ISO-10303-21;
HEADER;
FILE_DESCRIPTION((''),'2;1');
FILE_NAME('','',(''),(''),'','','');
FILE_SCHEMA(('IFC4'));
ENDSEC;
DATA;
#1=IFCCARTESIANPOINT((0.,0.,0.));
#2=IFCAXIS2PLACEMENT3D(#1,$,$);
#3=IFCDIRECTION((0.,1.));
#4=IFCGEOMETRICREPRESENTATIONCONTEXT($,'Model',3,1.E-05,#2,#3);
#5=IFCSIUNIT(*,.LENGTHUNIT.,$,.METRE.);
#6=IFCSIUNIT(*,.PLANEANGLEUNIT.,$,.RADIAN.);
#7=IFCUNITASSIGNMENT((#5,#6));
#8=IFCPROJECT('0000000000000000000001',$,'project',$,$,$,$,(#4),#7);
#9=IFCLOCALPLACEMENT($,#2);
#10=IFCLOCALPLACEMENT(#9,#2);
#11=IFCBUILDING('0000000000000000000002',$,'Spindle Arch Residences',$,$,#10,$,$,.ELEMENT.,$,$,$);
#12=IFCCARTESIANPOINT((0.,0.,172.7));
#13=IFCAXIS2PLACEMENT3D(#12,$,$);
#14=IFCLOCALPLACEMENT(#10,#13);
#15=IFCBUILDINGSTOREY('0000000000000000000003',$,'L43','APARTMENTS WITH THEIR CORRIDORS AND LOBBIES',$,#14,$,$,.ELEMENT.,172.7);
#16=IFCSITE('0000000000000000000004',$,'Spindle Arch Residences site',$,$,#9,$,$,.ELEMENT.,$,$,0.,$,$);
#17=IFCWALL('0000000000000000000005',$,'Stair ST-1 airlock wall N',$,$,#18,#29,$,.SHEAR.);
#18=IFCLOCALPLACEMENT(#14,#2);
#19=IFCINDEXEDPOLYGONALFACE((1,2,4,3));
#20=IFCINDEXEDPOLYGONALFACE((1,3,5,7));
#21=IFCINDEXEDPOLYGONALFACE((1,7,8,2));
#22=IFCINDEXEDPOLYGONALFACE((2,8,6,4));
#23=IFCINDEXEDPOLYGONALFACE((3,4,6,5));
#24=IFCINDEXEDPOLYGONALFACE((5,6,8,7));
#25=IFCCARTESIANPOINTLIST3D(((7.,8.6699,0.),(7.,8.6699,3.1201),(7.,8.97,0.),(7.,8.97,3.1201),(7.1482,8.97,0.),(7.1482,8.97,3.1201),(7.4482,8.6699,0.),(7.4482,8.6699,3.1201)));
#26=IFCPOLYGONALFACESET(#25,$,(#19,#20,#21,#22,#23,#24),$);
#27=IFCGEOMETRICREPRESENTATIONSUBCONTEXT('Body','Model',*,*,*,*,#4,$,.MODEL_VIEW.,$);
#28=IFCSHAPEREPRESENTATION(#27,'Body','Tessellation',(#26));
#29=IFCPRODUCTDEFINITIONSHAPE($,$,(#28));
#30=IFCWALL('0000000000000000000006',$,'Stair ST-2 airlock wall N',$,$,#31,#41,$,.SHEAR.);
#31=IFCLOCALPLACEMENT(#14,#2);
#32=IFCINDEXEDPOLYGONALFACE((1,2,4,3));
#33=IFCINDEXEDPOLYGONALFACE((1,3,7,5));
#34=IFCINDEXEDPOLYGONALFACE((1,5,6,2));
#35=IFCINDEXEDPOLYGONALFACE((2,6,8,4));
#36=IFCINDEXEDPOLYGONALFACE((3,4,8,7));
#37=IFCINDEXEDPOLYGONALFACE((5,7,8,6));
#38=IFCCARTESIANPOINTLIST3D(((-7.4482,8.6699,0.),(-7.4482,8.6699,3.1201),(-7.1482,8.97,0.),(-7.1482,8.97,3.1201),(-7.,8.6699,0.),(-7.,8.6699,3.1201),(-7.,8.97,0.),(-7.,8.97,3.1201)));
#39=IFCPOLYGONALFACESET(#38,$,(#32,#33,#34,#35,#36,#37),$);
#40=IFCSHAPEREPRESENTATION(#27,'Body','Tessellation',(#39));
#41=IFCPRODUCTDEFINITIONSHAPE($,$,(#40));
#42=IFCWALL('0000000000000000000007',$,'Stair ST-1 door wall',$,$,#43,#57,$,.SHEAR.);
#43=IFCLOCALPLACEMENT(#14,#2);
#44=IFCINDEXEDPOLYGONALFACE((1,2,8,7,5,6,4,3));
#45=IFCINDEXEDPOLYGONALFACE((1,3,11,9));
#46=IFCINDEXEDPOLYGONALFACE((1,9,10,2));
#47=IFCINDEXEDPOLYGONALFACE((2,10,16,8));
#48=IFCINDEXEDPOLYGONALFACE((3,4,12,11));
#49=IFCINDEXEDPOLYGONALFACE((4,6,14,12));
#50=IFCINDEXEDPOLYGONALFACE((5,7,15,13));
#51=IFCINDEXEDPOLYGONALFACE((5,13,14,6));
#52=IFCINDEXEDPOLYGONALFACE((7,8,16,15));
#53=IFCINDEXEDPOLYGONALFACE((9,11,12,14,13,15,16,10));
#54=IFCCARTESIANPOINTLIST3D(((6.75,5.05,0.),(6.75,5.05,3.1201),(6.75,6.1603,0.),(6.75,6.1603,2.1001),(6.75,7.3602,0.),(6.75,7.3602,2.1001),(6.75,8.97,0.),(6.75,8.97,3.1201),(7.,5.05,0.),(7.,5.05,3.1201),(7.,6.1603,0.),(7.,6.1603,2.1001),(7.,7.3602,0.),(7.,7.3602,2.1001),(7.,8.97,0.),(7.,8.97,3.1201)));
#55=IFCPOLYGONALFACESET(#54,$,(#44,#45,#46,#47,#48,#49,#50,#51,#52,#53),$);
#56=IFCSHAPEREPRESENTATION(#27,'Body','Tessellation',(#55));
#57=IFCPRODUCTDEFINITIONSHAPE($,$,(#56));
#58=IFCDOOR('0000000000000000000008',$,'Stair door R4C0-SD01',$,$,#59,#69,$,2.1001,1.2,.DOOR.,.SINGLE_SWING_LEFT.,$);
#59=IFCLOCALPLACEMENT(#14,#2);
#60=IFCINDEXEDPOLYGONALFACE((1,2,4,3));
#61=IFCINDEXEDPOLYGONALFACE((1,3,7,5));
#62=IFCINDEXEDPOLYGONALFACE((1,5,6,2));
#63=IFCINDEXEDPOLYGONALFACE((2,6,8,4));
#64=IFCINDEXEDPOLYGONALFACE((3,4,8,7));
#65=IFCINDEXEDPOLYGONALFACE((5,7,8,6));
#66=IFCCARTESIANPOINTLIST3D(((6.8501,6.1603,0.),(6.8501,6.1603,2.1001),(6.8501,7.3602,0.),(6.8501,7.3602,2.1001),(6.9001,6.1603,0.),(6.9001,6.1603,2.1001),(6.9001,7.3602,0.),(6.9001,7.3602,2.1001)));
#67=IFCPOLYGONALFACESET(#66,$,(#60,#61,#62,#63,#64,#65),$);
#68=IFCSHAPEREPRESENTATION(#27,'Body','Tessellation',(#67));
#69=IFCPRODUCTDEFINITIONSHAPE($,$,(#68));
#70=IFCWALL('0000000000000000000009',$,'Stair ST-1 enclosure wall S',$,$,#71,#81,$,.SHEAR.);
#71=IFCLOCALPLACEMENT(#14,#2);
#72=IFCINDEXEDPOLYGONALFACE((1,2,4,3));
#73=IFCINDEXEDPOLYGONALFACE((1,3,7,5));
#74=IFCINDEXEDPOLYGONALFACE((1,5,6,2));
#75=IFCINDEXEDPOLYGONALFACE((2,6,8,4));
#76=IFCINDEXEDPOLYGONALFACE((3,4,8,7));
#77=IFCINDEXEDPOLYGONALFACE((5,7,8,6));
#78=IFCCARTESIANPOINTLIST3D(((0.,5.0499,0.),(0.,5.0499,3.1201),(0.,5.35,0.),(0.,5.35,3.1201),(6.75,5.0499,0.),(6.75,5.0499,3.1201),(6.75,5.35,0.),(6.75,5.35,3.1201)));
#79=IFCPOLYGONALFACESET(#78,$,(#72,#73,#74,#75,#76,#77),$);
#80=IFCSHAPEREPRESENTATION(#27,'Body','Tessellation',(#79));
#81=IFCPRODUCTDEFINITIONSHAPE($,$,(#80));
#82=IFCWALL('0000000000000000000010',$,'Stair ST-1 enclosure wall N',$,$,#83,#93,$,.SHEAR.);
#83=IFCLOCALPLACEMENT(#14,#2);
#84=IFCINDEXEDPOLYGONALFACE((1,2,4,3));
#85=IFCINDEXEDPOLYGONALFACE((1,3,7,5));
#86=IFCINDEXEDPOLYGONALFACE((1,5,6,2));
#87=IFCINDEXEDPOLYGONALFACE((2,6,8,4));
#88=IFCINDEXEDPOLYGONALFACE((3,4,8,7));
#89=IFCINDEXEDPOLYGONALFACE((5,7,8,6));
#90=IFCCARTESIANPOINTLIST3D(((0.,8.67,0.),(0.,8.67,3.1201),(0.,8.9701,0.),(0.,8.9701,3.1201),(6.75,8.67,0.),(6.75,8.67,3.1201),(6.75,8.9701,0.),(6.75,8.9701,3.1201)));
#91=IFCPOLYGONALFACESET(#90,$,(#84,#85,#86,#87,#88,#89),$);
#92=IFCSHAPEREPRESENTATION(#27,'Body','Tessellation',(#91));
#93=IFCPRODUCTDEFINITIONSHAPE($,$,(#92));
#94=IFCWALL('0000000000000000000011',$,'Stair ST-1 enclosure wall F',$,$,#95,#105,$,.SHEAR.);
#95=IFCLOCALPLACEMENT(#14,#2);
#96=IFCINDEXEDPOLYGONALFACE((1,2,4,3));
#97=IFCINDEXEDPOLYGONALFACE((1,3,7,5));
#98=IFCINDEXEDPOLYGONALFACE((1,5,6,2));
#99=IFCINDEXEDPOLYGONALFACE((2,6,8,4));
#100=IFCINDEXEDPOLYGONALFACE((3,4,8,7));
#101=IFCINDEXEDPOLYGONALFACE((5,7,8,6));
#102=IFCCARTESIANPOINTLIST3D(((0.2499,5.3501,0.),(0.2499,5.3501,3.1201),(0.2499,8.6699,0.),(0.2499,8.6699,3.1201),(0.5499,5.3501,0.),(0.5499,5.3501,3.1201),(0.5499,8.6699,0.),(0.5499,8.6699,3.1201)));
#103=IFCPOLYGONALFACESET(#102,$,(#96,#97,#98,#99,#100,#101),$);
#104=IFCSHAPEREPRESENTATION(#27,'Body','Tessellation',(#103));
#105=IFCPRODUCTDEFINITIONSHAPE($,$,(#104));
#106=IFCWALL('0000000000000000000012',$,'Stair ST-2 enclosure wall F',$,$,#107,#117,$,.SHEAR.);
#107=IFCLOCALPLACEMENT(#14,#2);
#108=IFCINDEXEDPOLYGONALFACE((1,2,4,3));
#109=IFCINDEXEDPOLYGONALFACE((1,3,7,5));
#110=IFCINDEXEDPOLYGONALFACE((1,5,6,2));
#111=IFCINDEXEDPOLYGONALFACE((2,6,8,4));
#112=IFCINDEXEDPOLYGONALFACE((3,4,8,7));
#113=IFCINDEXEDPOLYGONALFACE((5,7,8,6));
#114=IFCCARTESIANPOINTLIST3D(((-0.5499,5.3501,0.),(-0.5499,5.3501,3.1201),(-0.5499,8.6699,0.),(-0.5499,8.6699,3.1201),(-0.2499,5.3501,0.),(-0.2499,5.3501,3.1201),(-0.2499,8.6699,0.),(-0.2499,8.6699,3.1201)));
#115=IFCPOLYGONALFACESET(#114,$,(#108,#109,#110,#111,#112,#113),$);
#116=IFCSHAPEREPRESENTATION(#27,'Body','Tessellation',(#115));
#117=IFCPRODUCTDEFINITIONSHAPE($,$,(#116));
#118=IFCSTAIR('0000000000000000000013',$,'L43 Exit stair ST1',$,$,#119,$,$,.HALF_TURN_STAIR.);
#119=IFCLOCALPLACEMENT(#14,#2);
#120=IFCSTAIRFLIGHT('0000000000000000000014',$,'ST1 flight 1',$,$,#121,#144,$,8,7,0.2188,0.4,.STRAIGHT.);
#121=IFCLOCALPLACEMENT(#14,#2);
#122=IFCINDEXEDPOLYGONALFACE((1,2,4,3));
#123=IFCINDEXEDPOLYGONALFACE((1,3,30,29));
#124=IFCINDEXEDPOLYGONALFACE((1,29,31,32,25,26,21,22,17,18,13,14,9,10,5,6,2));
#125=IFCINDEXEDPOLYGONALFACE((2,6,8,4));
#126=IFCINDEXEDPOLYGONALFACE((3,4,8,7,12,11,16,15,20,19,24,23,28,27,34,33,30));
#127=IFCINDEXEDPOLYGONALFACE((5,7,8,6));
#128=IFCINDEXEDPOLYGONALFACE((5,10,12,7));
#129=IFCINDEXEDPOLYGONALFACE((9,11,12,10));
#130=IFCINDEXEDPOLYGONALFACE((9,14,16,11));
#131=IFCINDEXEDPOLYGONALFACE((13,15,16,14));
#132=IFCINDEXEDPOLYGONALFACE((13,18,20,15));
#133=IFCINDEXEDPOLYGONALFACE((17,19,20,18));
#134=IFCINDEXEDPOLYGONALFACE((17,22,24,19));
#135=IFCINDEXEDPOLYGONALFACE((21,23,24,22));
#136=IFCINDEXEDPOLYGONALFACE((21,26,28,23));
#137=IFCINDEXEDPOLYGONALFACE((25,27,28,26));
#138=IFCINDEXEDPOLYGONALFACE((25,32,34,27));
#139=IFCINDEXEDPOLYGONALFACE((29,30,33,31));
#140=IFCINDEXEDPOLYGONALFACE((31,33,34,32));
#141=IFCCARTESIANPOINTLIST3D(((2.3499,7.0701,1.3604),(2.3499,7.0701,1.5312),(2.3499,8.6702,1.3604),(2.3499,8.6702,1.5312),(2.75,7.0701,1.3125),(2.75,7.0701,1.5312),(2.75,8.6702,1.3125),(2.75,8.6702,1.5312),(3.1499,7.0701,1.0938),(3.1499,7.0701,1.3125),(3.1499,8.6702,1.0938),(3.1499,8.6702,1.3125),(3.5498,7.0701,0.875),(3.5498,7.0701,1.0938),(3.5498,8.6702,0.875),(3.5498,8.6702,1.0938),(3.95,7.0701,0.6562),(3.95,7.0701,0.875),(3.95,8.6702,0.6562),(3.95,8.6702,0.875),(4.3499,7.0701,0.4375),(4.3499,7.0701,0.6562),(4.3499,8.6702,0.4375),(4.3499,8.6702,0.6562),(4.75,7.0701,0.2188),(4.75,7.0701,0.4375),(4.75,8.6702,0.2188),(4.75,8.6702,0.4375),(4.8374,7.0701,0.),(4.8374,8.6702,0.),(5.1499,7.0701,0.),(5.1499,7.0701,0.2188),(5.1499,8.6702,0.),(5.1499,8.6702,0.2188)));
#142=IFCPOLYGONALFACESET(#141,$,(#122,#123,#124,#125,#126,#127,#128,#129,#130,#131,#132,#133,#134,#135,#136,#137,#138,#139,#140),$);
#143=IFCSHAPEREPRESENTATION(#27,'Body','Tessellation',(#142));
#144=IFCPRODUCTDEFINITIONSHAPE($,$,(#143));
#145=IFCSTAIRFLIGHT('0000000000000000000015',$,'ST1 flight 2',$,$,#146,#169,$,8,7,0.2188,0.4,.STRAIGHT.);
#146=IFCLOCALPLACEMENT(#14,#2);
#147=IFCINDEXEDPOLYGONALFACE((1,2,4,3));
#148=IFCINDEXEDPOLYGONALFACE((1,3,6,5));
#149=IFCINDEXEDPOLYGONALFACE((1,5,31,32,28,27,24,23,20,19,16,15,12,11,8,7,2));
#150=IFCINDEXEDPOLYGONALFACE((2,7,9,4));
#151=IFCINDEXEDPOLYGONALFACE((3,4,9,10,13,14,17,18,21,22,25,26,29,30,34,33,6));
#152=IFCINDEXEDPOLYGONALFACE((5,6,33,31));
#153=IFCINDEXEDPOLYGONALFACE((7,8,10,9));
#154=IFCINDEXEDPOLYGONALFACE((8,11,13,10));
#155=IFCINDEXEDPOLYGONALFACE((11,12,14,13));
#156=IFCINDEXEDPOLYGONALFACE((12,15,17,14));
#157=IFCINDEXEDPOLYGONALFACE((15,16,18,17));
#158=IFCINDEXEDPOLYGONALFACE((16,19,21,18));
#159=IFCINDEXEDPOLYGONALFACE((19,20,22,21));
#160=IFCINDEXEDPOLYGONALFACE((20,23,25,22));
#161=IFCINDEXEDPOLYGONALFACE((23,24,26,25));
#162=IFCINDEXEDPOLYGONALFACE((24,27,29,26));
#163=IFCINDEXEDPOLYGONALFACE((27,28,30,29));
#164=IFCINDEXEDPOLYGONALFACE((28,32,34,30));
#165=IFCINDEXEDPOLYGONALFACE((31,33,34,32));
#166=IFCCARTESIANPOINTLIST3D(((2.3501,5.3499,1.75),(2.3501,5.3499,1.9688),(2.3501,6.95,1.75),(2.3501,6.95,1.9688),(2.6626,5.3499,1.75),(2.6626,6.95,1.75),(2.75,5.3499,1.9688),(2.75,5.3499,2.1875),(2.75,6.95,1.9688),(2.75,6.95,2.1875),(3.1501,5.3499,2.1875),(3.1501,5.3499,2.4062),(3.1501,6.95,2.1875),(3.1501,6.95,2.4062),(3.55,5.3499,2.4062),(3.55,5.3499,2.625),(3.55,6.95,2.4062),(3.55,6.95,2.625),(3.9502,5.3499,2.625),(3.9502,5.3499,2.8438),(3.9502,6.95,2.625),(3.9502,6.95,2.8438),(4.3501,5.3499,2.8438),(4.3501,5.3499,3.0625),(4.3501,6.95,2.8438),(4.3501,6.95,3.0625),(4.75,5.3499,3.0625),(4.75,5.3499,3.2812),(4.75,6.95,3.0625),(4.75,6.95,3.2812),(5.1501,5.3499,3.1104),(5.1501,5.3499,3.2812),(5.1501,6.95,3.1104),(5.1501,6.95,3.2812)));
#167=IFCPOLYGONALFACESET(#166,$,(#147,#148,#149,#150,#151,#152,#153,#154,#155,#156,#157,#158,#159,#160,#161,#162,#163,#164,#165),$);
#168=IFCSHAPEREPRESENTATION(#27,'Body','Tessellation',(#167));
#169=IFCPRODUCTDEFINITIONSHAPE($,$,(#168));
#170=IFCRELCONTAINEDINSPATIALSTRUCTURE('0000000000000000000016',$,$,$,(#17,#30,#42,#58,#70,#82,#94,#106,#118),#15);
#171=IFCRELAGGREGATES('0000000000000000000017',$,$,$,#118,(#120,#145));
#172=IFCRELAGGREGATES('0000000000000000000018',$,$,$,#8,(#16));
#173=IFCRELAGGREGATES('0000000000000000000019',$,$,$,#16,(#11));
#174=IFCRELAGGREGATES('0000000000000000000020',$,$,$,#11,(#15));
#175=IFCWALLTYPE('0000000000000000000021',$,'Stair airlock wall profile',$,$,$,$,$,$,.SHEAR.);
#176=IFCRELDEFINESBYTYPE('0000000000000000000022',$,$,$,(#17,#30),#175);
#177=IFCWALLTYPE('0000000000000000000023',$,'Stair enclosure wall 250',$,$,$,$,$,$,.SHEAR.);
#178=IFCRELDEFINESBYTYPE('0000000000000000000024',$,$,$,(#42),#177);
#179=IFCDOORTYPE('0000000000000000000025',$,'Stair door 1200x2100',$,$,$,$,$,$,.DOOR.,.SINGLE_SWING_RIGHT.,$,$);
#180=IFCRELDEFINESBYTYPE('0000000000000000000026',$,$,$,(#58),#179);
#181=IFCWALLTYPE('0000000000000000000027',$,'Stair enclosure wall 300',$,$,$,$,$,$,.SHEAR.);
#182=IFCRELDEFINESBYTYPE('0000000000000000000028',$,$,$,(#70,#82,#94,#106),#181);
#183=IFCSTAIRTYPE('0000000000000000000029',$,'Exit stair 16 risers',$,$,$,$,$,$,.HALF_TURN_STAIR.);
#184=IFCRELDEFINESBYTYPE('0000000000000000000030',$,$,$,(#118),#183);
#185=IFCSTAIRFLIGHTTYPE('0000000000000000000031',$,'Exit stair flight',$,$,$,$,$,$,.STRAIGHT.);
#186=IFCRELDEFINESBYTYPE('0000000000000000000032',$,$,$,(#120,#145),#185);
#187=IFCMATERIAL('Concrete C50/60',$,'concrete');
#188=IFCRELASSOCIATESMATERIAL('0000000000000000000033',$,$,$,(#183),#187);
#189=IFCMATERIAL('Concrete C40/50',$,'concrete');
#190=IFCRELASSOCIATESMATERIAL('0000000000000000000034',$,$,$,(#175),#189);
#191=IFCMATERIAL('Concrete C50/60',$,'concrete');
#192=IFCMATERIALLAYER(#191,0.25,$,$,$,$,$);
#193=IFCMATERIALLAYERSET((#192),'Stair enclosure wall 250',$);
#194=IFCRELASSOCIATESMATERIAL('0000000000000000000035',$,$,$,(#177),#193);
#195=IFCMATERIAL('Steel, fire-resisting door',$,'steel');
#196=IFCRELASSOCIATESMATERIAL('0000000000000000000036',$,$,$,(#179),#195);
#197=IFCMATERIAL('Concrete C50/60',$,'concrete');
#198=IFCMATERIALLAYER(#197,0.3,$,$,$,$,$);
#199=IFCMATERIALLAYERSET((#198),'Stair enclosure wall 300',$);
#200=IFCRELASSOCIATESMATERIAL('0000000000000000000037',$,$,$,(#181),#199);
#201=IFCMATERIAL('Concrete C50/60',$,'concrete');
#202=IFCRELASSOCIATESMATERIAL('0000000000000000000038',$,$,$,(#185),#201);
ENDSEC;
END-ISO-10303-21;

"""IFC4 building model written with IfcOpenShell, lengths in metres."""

from ifc_helpers import new_model, si_unit, direction, frame, frame_2d, origin, place, context, subcontext, project, spatial, polyline, rectangle, outline, extrude, material, layer, layer_set, type_object, element, fill, aggregate, save


model = new_model("IFC4")

# Units and contexts
model_context = context("Model", 3, precision=1e-05, world=origin(), true_north=direction((0.0, 1.0)))
body_context = subcontext(model_context, "Body", "Model", "MODEL_VIEW")
ifc_project = project(units=[si_unit("LENGTHUNIT", "METRE"), si_unit("PLANEANGLEUNIT", "RADIAN")], contexts=[model_context])

# Site, building, storey
site_placement = place(None, origin())
site = spatial("IfcSite", under=ifc_project, at=site_placement, Name="Spindle Arch Residences site", CompositionType="ELEMENT", RefElevation=0.0)
building_placement = place(site_placement, origin())
building = spatial("IfcBuilding", under=site, at=building_placement, Name="Spindle Arch Residences", CompositionType="ELEMENT")
storey_placement = place(building_placement, frame((0.0, 0.0, 172.7)))
storey = spatial("IfcBuildingStorey", under=building, at=storey_placement, Name="L43", Description="APARTMENTS WITH THEIR CORRIDORS AND LOBBIES", CompositionType="ELEMENT", Elevation=172.7)

# Shared definitions
ifc_material_1 = material(Name="Concrete C50/60", Category="concrete")
stair_type = type_object("IfcStairType", Name="Exit stair 16 risers", PredefinedType="HALF_TURN_STAIR", material=ifc_material_1)

# Walls
ifc_material_2 = material(Name="Concrete C40/50", Category="concrete")
wall_type_1 = type_object("IfcWallType", Name="Stair airlock wall profile", PredefinedType="SHEAR", material=ifc_material_2)
wall_1_placement = place(storey_placement, origin())
element("IfcWall", 1, at=wall_1_placement, inside=storey, type_object=wall_type_1, Name="Stair ST-1 airlock wall N", PredefinedType="SHEAR", context=body_context, shape_type="SweptSolid", body=[
    extrude(outline(polyline([(7.4482, 8.6699), (7.0, 8.6699), (7.0, 8.97), (7.1482, 8.97), (7.4482, 8.6699)])), origin(), (0.0, 0.0, 1.0), 3.1201),
])
wall_2_placement = place(storey_placement, origin())
element("IfcWall", 2, at=wall_2_placement, inside=storey, type_object=wall_type_1, Name="Stair ST-2 airlock wall N", PredefinedType="SHEAR", context=body_context, shape_type="SweptSolid", body=[
    extrude(outline(polyline([(-7.1482, 8.97), (-7.0, 8.97), (-7.0, 8.6699), (-7.4482, 8.6699), (-7.1482, 8.97)])), origin(), (0.0, 0.0, 1.0), 3.1201),
])

# Wall, opening, door
ifc_material_3 = material(Name="Concrete C50/60", Category="concrete")
ifc_layer_1 = layer(ifc_material_3, 0.25)
ifc_layer_set_1 = layer_set([ifc_layer_1], Name="Stair enclosure wall 250")
wall_type_2 = type_object("IfcWallType", Name="Stair enclosure wall 250", PredefinedType="SHEAR", material=ifc_layer_set_1)
wall_3_placement = place(storey_placement, frame((6.875, 5.05, 0.0), z_axis=(0.0, 0.0, 1.0), x_axis=(0.0, 1.0, 0.0)))
wall_3 = element("IfcWall", 3, at=wall_3_placement, inside=storey, type_object=wall_type_2, Name="Stair ST-1 door wall", PredefinedType="SHEAR", context=body_context, shape_type="SweptSolid", body=[
    extrude(rectangle(XDim=3.9199, YDim=0.25, at=frame_2d((1.96, 0.0))), origin(), (0.0, 0.0, 1.0), 3.1201),
])
opening_1_placement = place(wall_3_placement, frame((1.1101, 0.0, 0.0)))
opening_1 = element("IfcOpeningElement", 4, at=opening_1_placement, cuts=wall_3, PredefinedType="OPENING", context=body_context, shape_type="SweptSolid", body=[
    extrude(rectangle(XDim=1.2, YDim=2.1001, at=frame_2d((0.6001, 1.05))), frame((0.0, 0.135, 0.0), z_axis=(0.0, -1.0, 0.0), x_axis=(1.0, 0.0, 0.0)), (0.0, 0.0, 1.0), 0.27),
])
ifc_material_4 = material(Name="Steel, fire-resisting door", Category="steel")
door_type_1 = type_object("IfcDoorType", Name="Stair door 1200x2100", OperationType="SINGLE_SWING_RIGHT", PredefinedType="DOOR", material=ifc_material_4)
door_1_placement = place(opening_1_placement, origin())
door_1 = element("IfcDoor", 5, at=door_1_placement, inside=storey, type_object=door_type_1, Name="Stair door R4C0-SD01", OperationType="SINGLE_SWING_LEFT", OverallHeight=2.1001, OverallWidth=1.2, PredefinedType="DOOR", context=body_context, shape_type="SweptSolid", body=[
    extrude(rectangle(XDim=1.2, YDim=2.1001, at=frame_2d((0.6001, 1.05))), frame((0.0, 0.0249, 0.0), z_axis=(0.0, -1.0, 0.0), x_axis=(1.0, 0.0, 0.0)), (0.0, 0.0, 1.0), 0.05),
])
fill(opening_1, door_1)

# Walls
ifc_material_5 = material(Name="Concrete C50/60", Category="concrete")
ifc_layer_2 = layer(ifc_material_5, 0.3)
ifc_layer_set_2 = layer_set([ifc_layer_2], Name="Stair enclosure wall 300")
wall_type_3 = type_object("IfcWallType", Name="Stair enclosure wall 300", PredefinedType="SHEAR", material=ifc_layer_set_2)
for number, where, z_axis, x_axis, name in (
    (6, (0.0, 5.2, 0.0), (0.0, 0.0, 1.0), (1.0, 0.0, 0.0), "Stair ST-1 enclosure wall S"),
    (7, (0.0, 8.8201, 0.0), (0.0, 0.0, 1.0), (1.0, 0.0, 0.0), "Stair ST-1 enclosure wall N"),
):
    element("IfcWall", number, at=place(storey_placement, frame(where, z_axis=z_axis, x_axis=x_axis)), inside=storey, type_object=wall_type_3, Name=name, PredefinedType="SHEAR", context=body_context, shape_type="SweptSolid", body=[
        extrude(rectangle(XDim=6.75, YDim=0.3, at=frame_2d((3.375, 0.0))), origin(), (0.0, 0.0, 1.0), 3.1201),
    ])
for number, where, z_axis, x_axis, name in (
    (8, (0.3999, 5.3501, 0.0), (0.0, 0.0, 1.0), (0.0, 1.0, 0.0), "Stair ST-1 enclosure wall F"),
    (9, (-0.3999, 5.3501, 0.0), (0.0, 0.0, 1.0), (0.0, 1.0, 0.0), "Stair ST-2 enclosure wall F"),
):
    element("IfcWall", number, at=place(storey_placement, frame(where, z_axis=z_axis, x_axis=x_axis)), inside=storey, type_object=wall_type_3, Name=name, PredefinedType="SHEAR", context=body_context, shape_type="SweptSolid", body=[
        extrude(rectangle(XDim=3.3198, YDim=0.3, at=frame_2d((1.6599, 0.0))), origin(), (0.0, 0.0, 1.0), 3.1201),
    ])

# Stair, stair flights
stair_1_placement = place(storey_placement, origin())
stair_1 = element("IfcStair", 10, at=stair_1_placement, inside=storey, type_object=stair_type, Name="L43 Exit stair ST1", PredefinedType="HALF_TURN_STAIR")
ifc_material_6 = material(Name="Concrete C50/60", Category="concrete")
stair_flight_type = type_object("IfcStairFlightType", Name="Exit stair flight", PredefinedType="STRAIGHT", material=ifc_material_6)
stair_flight_1_placement = place(storey_placement, frame((5.1499, 7.8701, 0.0), z_axis=(0.0, 0.0, 1.0), x_axis=(-1.0, 0.0, 0.0)))
stair_flight_1 = element("IfcStairFlight", 11, at=stair_flight_1_placement, type_object=stair_flight_type, Name="ST1 flight 1", NumberOfRisers=8, NumberOfTreads=7, PredefinedType="STRAIGHT", RiserHeight=0.2188, TreadLength=0.4, context=body_context, shape_type="SweptSolid", body=[
    extrude(outline(polyline([(0.0, 0.0), (0.0, 0.2188), (0.3999, 0.2188), (0.3999, 0.4375), (0.8, 0.4375), (0.8, 0.6562), (1.2, 0.6562), (1.2, 0.875), (1.6001, 0.875), (1.6001, 1.0938), (2.0, 1.0938), (2.0, 1.3125), (2.3999, 1.3125), (2.3999, 1.5312), (2.8, 1.5312), (2.8, 1.75), (2.8, 1.3604), (0.3125, 0.0), (0.0, 0.0)])), frame((0.0, 0.8, 0.0), z_axis=(0.0, -1.0, 0.0), x_axis=(1.0, 0.0, 0.0)), (0.0, 0.0, 1.0), 1.6001),
])
stair_flight_2_placement = place(storey_placement, frame((2.3501, 6.1499, 1.75), z_axis=(0.0, 0.0, 1.0), x_axis=(1.0, 0.0, 0.0)))
stair_flight_2 = element("IfcStairFlight", 12, at=stair_flight_2_placement, type_object=stair_flight_type, Name="ST1 flight 2", NumberOfRisers=8, NumberOfTreads=7, PredefinedType="STRAIGHT", RiserHeight=0.2188, TreadLength=0.4, context=body_context, shape_type="SweptSolid", body=[
    extrude(outline(polyline([(0.0, 0.0), (0.0, 0.2188), (0.3999, 0.2188), (0.3999, 0.4375), (0.8, 0.4375), (0.8, 0.6562), (1.2, 0.6562), (1.2, 0.875), (1.6001, 0.875), (1.6001, 1.0938), (2.0, 1.0938), (2.0, 1.3125), (2.3999, 1.3125), (2.3999, 1.5312), (2.8, 1.5312), (2.8, 1.75), (2.8, 1.3604), (0.3125, 0.0), (0.0, 0.0)])), frame((0.0, 0.8, 0.0), z_axis=(0.0, -1.0, 0.0), x_axis=(1.0, 0.0, 0.0)), (0.0, 0.0, 1.0), 1.6001),
])
aggregate(stair_1, [stair_flight_1, stair_flight_2])

save(model, "model.ifc")
